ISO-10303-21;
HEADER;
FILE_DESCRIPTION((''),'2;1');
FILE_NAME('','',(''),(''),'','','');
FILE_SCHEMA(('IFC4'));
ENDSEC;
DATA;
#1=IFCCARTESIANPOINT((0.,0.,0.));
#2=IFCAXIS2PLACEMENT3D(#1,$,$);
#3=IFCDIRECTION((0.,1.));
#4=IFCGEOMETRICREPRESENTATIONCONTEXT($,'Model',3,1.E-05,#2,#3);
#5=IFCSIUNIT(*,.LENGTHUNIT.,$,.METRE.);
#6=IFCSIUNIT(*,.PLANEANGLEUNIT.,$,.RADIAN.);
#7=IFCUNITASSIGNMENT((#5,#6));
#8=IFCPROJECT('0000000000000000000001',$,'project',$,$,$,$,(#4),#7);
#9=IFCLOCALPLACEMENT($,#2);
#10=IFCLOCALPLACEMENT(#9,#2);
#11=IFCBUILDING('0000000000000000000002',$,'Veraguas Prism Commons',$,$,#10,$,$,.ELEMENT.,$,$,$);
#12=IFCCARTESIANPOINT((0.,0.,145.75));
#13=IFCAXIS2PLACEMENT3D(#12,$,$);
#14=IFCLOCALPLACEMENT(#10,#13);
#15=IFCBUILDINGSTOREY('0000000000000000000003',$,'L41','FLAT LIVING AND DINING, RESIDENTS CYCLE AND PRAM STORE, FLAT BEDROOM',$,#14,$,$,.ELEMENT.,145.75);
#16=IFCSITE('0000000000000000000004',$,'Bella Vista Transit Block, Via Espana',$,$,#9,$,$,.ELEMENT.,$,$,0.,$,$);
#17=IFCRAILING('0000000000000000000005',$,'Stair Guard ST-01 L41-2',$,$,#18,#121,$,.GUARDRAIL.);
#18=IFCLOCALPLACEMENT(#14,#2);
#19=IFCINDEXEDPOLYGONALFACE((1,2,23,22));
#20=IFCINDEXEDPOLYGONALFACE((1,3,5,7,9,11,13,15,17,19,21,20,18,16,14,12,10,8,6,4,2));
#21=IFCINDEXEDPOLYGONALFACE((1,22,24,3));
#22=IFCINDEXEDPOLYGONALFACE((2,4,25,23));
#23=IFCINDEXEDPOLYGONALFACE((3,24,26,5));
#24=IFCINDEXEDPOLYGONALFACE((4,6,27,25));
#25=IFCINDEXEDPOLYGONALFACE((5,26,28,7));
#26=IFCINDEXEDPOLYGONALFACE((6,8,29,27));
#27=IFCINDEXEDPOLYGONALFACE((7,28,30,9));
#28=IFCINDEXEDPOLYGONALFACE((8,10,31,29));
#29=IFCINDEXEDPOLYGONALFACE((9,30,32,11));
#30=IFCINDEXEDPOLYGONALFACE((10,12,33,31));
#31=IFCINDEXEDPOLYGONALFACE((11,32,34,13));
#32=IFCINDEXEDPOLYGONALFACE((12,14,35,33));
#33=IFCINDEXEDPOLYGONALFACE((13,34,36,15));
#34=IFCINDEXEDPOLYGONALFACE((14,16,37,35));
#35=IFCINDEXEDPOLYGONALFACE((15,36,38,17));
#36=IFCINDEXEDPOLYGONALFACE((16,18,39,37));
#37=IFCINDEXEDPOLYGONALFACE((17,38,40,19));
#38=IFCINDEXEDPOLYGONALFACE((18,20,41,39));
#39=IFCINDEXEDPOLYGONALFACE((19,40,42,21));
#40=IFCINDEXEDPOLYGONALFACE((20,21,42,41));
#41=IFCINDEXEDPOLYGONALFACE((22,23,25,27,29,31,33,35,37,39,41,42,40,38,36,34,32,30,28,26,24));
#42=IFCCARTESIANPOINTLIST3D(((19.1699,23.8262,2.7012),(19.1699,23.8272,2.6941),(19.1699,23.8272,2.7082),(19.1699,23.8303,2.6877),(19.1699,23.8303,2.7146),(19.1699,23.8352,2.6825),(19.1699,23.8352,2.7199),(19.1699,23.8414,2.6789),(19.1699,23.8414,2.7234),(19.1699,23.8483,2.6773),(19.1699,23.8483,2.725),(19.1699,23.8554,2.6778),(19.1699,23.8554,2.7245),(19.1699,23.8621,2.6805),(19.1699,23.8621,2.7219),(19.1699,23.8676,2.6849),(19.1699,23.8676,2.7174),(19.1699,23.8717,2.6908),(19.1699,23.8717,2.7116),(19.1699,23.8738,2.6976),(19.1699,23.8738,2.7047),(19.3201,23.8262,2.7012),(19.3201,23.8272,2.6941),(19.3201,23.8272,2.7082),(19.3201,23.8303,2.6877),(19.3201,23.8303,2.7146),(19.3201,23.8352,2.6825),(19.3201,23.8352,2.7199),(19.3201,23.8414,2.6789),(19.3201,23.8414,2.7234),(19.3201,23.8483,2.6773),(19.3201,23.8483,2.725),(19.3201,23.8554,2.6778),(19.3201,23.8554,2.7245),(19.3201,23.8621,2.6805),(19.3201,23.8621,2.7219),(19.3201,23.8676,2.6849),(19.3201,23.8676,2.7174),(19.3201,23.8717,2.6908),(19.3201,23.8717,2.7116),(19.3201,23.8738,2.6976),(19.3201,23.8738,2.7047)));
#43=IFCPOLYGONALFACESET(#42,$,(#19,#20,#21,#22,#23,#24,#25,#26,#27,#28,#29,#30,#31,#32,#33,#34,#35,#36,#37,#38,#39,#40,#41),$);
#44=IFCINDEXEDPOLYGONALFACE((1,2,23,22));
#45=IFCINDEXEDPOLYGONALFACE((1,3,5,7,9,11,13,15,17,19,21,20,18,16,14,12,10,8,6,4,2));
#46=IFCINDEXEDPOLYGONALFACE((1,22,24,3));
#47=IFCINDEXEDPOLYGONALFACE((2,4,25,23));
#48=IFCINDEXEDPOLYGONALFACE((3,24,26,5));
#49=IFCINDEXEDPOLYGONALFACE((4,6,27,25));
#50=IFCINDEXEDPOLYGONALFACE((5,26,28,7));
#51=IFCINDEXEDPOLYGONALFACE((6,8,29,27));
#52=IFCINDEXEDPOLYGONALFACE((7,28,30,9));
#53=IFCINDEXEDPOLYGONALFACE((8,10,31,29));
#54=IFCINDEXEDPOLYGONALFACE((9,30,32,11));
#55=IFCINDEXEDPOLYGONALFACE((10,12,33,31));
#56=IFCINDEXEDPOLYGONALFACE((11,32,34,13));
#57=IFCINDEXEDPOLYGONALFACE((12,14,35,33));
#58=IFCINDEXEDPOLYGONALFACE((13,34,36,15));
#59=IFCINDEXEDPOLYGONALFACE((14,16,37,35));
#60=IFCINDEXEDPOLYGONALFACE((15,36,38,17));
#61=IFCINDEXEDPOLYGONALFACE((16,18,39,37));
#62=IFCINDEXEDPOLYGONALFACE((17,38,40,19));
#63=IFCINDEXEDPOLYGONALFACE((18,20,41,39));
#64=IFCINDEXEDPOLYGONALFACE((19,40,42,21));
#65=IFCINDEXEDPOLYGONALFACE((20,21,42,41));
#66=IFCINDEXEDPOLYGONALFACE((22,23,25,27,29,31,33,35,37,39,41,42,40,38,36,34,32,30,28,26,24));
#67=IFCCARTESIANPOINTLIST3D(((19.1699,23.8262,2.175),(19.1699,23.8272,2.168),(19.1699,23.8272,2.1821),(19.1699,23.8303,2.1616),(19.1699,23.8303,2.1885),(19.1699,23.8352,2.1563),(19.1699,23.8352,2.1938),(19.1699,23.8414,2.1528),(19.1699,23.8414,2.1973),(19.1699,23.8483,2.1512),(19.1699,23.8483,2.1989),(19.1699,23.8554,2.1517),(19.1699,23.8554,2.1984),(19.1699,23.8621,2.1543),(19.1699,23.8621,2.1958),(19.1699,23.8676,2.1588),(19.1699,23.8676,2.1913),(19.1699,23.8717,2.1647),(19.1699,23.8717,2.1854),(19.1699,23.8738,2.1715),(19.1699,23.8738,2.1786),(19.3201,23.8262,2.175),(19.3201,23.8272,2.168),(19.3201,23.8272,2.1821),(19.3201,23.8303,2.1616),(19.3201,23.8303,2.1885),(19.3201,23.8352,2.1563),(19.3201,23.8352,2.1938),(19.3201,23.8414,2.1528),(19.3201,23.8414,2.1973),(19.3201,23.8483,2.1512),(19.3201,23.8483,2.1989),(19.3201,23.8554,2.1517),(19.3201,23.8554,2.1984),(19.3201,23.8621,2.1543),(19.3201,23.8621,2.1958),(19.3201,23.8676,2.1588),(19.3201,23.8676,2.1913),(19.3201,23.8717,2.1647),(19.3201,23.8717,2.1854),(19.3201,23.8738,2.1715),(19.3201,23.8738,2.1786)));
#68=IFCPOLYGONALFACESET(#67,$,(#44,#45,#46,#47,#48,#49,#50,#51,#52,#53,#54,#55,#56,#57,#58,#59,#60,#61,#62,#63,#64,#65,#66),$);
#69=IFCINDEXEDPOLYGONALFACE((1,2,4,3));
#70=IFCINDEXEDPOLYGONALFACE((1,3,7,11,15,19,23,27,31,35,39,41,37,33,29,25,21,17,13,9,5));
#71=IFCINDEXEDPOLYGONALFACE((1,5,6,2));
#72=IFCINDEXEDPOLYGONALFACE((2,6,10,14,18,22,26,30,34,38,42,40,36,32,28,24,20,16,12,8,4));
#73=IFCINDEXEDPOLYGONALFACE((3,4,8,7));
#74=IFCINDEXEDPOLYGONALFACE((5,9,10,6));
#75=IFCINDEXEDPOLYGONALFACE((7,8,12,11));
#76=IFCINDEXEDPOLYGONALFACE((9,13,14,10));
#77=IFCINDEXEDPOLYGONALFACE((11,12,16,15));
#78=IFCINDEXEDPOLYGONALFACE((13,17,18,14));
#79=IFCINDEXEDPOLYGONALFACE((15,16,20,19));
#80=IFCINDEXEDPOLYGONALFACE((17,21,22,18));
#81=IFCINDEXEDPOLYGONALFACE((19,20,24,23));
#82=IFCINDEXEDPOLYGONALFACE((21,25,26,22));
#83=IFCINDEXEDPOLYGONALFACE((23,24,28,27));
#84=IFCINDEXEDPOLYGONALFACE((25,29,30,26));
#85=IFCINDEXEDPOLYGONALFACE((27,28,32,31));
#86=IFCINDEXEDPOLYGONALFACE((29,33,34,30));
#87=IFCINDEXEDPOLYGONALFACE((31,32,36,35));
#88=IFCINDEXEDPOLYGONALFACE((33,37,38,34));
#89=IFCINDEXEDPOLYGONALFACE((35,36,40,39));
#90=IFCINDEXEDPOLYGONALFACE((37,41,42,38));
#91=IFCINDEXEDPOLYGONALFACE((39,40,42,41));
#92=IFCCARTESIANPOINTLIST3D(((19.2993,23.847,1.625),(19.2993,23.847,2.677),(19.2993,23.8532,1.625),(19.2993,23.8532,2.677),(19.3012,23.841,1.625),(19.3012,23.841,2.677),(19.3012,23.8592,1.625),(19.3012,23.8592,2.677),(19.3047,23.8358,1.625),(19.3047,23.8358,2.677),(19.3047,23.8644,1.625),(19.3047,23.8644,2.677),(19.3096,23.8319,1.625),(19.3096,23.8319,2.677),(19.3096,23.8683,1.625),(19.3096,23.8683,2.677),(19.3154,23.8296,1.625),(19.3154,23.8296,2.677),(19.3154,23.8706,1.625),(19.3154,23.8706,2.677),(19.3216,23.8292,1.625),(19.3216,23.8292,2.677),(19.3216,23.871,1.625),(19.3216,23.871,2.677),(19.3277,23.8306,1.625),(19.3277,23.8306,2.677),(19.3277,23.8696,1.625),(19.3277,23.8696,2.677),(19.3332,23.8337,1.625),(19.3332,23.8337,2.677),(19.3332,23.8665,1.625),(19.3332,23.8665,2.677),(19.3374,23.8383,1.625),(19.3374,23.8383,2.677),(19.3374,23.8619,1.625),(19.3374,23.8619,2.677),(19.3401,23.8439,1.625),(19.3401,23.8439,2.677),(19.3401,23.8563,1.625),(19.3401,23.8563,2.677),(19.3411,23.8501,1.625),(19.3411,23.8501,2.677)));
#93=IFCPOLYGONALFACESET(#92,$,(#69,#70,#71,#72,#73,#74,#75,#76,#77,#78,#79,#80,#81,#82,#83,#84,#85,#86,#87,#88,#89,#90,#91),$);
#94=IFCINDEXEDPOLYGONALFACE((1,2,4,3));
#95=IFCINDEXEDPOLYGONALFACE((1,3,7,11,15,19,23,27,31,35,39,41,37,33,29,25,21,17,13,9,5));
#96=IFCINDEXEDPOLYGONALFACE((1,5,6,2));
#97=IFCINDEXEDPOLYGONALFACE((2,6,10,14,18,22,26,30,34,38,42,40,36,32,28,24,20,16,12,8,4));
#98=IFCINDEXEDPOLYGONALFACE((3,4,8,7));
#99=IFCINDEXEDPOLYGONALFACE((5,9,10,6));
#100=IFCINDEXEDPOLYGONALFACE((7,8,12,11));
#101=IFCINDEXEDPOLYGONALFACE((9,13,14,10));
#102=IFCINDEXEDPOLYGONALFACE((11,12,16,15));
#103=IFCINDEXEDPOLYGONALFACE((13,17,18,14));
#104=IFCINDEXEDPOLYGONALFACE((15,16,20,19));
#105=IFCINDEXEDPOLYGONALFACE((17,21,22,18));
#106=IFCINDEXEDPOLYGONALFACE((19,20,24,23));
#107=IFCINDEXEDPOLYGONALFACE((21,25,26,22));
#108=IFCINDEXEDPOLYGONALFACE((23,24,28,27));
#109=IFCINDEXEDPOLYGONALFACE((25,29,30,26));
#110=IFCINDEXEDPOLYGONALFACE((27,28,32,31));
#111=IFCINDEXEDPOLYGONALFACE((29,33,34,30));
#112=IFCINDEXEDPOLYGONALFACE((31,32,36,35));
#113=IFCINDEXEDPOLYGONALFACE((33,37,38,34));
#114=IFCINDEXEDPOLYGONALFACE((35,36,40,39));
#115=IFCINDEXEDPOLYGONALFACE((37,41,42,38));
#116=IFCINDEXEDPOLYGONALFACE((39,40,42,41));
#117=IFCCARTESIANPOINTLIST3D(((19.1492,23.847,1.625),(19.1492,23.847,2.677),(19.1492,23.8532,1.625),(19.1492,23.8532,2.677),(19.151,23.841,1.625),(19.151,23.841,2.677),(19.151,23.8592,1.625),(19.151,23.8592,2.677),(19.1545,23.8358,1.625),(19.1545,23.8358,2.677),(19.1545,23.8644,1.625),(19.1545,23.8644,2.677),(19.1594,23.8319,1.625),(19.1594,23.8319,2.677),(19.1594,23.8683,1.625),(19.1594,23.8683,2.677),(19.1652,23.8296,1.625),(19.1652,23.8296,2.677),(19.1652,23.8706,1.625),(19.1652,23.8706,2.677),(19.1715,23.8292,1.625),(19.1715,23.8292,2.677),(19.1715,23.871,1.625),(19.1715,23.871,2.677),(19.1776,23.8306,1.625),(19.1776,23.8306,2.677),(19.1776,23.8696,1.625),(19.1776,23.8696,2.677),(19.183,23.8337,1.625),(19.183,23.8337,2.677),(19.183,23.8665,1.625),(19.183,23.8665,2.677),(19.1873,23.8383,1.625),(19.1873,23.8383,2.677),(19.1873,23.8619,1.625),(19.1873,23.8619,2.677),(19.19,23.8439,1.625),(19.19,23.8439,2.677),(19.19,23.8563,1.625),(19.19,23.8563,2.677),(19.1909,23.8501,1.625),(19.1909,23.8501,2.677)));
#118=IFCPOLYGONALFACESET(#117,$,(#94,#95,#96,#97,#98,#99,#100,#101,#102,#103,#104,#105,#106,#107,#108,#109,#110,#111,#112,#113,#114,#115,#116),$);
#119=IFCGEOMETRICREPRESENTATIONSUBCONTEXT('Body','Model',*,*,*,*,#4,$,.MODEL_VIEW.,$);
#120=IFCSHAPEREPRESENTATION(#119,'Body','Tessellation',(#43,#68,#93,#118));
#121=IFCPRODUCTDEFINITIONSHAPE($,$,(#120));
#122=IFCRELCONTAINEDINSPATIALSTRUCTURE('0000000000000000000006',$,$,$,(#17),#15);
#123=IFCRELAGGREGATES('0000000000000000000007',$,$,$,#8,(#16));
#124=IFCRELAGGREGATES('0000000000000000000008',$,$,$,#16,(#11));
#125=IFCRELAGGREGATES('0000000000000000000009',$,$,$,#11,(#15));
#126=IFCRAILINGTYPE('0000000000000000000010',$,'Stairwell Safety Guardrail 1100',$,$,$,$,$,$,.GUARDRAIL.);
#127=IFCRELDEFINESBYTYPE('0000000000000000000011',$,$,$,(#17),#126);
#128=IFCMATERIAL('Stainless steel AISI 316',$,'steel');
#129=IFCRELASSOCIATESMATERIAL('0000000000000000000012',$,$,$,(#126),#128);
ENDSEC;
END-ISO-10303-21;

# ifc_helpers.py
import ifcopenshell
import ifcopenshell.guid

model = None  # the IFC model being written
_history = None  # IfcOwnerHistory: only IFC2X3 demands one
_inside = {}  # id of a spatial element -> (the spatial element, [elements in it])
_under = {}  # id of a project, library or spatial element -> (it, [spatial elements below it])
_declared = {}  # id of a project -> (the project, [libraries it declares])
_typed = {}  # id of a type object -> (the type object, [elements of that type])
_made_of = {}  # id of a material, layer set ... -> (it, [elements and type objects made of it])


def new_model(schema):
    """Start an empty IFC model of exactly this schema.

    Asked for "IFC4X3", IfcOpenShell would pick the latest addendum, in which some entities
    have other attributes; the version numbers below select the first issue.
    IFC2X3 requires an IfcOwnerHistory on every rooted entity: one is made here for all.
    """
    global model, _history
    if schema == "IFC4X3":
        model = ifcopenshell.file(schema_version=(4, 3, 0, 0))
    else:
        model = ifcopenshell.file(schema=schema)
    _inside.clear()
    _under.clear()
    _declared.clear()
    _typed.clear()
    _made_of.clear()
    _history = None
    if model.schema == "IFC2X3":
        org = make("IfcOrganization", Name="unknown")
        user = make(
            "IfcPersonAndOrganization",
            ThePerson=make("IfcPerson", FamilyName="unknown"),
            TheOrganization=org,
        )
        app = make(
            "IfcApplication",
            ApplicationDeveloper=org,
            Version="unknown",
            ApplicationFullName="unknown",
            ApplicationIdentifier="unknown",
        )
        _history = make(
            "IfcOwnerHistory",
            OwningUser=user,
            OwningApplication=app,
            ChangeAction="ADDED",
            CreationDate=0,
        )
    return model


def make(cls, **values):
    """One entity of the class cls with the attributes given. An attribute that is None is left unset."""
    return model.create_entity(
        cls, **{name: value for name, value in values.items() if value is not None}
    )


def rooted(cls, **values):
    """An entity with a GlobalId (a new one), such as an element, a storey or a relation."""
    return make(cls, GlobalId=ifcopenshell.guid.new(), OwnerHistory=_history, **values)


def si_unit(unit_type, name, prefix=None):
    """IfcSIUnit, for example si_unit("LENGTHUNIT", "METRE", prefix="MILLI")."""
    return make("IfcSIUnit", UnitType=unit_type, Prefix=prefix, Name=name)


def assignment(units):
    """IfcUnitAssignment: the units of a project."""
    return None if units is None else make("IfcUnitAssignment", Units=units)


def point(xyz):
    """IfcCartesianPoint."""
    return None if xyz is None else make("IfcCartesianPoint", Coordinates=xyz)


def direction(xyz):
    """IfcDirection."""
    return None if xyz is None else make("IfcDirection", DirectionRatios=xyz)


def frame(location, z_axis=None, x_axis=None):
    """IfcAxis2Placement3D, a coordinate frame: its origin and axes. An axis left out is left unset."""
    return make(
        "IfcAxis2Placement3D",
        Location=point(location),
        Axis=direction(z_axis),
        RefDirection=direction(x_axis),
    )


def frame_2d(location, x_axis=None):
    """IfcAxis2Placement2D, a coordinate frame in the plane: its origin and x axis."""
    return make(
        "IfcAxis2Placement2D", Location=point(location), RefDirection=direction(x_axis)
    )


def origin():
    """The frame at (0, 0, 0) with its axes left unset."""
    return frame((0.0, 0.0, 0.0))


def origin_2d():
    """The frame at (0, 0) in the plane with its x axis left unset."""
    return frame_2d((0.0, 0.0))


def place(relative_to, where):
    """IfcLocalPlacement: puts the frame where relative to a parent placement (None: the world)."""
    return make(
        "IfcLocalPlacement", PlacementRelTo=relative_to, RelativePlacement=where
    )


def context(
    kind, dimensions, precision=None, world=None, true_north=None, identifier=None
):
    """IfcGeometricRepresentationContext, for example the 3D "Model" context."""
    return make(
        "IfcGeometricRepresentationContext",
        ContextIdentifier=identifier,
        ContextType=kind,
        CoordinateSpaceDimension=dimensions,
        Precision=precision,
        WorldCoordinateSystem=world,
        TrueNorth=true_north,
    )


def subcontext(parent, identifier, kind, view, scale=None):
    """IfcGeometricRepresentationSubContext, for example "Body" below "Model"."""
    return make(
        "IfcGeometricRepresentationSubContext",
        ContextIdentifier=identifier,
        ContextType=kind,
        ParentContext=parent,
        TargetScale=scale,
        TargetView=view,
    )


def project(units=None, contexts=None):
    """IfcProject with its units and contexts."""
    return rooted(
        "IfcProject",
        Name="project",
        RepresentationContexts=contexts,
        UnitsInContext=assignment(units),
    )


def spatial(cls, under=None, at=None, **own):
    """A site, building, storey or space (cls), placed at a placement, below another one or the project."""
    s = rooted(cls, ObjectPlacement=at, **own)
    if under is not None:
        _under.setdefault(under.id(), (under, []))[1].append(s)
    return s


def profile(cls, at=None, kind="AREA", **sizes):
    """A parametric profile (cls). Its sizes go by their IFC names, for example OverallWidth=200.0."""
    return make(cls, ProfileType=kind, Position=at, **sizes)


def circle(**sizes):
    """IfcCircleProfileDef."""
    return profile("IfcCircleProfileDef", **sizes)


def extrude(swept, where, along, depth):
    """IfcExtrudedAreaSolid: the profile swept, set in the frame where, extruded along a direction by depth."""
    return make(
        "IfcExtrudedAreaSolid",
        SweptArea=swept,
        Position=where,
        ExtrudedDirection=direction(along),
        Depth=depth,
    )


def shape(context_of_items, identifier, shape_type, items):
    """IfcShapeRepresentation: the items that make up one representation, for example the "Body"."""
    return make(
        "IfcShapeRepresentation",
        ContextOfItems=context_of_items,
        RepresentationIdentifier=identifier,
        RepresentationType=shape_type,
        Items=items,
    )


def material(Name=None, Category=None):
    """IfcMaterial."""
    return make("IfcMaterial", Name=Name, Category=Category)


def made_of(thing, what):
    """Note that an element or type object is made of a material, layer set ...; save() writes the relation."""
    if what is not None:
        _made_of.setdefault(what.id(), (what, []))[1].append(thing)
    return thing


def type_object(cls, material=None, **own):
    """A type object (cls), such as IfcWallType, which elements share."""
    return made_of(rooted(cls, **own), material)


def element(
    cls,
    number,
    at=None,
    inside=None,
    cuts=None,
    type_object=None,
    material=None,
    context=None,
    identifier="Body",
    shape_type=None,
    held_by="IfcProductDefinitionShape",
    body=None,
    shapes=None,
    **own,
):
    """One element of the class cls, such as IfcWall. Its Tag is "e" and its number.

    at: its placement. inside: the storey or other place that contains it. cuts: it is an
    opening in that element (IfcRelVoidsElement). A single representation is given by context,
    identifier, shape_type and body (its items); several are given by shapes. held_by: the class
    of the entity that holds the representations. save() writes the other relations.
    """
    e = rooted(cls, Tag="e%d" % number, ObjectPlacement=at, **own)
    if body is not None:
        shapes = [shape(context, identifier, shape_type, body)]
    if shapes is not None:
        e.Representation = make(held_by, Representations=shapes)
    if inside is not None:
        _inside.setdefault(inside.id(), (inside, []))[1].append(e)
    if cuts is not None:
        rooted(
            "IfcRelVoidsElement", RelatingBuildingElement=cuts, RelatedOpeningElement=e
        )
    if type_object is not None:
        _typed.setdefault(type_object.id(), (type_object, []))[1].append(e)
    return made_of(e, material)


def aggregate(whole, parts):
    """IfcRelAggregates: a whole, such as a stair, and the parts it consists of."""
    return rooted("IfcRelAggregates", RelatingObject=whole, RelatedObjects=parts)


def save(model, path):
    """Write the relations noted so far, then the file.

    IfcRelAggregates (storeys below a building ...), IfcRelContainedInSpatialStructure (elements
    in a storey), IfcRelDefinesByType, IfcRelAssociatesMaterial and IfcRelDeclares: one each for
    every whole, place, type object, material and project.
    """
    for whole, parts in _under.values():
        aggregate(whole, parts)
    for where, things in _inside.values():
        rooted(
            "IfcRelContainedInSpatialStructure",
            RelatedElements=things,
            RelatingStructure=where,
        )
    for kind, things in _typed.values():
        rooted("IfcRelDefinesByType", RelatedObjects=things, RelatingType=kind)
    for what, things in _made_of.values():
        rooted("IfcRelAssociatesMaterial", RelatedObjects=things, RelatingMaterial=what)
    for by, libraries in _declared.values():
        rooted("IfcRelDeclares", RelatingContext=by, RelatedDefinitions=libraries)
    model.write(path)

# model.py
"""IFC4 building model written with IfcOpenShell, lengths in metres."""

from ifc_helpers import new_model, si_unit, direction, frame, origin, origin_2d, place, context, subcontext, project, spatial, circle, extrude, material, type_object, element, save


model = new_model("IFC4")

# Units and contexts
model_context = context("Model", 3, precision=1e-05, world=origin(), true_north=direction((0.0, 1.0)))
body_context = subcontext(model_context, "Body", "Model", "MODEL_VIEW")
ifc_project = project(units=[si_unit("LENGTHUNIT", "METRE"), si_unit("PLANEANGLEUNIT", "RADIAN")], contexts=[model_context])

# Site, building, storey
site_placement = place(None, origin())
site = spatial("IfcSite", under=ifc_project, at=site_placement, Name="Bella Vista Transit Block, Via Espana", CompositionType="ELEMENT", RefElevation=0.0)
building_placement = place(site_placement, origin())
building = spatial("IfcBuilding", under=site, at=building_placement, Name="Veraguas Prism Commons", CompositionType="ELEMENT")
storey_placement = place(building_placement, frame((0.0, 0.0, 145.75)))
storey = spatial("IfcBuildingStorey", under=building, at=storey_placement, Name="L41", Description="FLAT LIVING AND DINING, RESIDENTS CYCLE AND PRAM STORE, FLAT BEDROOM", CompositionType="ELEMENT", Elevation=145.75)

# Railing
ifc_material_1 = material(Name="Stainless steel AISI 316", Category="steel")
railing_type_1 = type_object("IfcRailingType", Name="Stairwell Safety Guardrail 1100", PredefinedType="GUARDRAIL", material=ifc_material_1)
railing_1_placement = place(storey_placement, frame((19.3201, 23.8501, 1.625)))
element("IfcRailing", 1, at=railing_1_placement, inside=storey, type_object=railing_type_1, Name="Stair Guard ST-01 L41-2", PredefinedType="GUARDRAIL", context=body_context, shape_type="SweptSolid", body=[
    extrude(circle(Radius=0.0239, at=origin_2d()), frame((0.0, 0.0, 1.0762), z_axis=(-1.0, 0.0, 0.0), x_axis=(0.0, -1.0, 0.0)), (0.0, 0.0, 1.0), 0.1501),
    extrude(circle(Radius=0.0239, at=origin_2d()), frame((0.0, 0.0, 0.55), z_axis=(-1.0, 0.0, 0.0), x_axis=(0.0, -1.0, 0.0)), (0.0, 0.0, 1.0), 0.1501),
    extrude(circle(Radius=0.021, at=origin_2d()), origin(), (0.0, 0.0, 1.0), 1.052),
    extrude(circle(Radius=0.021, at=origin_2d()), frame((-0.1501, 0.0, 0.0)), (0.0, 0.0, 1.0), 1.052),
])

save(model, "model.ifc")
